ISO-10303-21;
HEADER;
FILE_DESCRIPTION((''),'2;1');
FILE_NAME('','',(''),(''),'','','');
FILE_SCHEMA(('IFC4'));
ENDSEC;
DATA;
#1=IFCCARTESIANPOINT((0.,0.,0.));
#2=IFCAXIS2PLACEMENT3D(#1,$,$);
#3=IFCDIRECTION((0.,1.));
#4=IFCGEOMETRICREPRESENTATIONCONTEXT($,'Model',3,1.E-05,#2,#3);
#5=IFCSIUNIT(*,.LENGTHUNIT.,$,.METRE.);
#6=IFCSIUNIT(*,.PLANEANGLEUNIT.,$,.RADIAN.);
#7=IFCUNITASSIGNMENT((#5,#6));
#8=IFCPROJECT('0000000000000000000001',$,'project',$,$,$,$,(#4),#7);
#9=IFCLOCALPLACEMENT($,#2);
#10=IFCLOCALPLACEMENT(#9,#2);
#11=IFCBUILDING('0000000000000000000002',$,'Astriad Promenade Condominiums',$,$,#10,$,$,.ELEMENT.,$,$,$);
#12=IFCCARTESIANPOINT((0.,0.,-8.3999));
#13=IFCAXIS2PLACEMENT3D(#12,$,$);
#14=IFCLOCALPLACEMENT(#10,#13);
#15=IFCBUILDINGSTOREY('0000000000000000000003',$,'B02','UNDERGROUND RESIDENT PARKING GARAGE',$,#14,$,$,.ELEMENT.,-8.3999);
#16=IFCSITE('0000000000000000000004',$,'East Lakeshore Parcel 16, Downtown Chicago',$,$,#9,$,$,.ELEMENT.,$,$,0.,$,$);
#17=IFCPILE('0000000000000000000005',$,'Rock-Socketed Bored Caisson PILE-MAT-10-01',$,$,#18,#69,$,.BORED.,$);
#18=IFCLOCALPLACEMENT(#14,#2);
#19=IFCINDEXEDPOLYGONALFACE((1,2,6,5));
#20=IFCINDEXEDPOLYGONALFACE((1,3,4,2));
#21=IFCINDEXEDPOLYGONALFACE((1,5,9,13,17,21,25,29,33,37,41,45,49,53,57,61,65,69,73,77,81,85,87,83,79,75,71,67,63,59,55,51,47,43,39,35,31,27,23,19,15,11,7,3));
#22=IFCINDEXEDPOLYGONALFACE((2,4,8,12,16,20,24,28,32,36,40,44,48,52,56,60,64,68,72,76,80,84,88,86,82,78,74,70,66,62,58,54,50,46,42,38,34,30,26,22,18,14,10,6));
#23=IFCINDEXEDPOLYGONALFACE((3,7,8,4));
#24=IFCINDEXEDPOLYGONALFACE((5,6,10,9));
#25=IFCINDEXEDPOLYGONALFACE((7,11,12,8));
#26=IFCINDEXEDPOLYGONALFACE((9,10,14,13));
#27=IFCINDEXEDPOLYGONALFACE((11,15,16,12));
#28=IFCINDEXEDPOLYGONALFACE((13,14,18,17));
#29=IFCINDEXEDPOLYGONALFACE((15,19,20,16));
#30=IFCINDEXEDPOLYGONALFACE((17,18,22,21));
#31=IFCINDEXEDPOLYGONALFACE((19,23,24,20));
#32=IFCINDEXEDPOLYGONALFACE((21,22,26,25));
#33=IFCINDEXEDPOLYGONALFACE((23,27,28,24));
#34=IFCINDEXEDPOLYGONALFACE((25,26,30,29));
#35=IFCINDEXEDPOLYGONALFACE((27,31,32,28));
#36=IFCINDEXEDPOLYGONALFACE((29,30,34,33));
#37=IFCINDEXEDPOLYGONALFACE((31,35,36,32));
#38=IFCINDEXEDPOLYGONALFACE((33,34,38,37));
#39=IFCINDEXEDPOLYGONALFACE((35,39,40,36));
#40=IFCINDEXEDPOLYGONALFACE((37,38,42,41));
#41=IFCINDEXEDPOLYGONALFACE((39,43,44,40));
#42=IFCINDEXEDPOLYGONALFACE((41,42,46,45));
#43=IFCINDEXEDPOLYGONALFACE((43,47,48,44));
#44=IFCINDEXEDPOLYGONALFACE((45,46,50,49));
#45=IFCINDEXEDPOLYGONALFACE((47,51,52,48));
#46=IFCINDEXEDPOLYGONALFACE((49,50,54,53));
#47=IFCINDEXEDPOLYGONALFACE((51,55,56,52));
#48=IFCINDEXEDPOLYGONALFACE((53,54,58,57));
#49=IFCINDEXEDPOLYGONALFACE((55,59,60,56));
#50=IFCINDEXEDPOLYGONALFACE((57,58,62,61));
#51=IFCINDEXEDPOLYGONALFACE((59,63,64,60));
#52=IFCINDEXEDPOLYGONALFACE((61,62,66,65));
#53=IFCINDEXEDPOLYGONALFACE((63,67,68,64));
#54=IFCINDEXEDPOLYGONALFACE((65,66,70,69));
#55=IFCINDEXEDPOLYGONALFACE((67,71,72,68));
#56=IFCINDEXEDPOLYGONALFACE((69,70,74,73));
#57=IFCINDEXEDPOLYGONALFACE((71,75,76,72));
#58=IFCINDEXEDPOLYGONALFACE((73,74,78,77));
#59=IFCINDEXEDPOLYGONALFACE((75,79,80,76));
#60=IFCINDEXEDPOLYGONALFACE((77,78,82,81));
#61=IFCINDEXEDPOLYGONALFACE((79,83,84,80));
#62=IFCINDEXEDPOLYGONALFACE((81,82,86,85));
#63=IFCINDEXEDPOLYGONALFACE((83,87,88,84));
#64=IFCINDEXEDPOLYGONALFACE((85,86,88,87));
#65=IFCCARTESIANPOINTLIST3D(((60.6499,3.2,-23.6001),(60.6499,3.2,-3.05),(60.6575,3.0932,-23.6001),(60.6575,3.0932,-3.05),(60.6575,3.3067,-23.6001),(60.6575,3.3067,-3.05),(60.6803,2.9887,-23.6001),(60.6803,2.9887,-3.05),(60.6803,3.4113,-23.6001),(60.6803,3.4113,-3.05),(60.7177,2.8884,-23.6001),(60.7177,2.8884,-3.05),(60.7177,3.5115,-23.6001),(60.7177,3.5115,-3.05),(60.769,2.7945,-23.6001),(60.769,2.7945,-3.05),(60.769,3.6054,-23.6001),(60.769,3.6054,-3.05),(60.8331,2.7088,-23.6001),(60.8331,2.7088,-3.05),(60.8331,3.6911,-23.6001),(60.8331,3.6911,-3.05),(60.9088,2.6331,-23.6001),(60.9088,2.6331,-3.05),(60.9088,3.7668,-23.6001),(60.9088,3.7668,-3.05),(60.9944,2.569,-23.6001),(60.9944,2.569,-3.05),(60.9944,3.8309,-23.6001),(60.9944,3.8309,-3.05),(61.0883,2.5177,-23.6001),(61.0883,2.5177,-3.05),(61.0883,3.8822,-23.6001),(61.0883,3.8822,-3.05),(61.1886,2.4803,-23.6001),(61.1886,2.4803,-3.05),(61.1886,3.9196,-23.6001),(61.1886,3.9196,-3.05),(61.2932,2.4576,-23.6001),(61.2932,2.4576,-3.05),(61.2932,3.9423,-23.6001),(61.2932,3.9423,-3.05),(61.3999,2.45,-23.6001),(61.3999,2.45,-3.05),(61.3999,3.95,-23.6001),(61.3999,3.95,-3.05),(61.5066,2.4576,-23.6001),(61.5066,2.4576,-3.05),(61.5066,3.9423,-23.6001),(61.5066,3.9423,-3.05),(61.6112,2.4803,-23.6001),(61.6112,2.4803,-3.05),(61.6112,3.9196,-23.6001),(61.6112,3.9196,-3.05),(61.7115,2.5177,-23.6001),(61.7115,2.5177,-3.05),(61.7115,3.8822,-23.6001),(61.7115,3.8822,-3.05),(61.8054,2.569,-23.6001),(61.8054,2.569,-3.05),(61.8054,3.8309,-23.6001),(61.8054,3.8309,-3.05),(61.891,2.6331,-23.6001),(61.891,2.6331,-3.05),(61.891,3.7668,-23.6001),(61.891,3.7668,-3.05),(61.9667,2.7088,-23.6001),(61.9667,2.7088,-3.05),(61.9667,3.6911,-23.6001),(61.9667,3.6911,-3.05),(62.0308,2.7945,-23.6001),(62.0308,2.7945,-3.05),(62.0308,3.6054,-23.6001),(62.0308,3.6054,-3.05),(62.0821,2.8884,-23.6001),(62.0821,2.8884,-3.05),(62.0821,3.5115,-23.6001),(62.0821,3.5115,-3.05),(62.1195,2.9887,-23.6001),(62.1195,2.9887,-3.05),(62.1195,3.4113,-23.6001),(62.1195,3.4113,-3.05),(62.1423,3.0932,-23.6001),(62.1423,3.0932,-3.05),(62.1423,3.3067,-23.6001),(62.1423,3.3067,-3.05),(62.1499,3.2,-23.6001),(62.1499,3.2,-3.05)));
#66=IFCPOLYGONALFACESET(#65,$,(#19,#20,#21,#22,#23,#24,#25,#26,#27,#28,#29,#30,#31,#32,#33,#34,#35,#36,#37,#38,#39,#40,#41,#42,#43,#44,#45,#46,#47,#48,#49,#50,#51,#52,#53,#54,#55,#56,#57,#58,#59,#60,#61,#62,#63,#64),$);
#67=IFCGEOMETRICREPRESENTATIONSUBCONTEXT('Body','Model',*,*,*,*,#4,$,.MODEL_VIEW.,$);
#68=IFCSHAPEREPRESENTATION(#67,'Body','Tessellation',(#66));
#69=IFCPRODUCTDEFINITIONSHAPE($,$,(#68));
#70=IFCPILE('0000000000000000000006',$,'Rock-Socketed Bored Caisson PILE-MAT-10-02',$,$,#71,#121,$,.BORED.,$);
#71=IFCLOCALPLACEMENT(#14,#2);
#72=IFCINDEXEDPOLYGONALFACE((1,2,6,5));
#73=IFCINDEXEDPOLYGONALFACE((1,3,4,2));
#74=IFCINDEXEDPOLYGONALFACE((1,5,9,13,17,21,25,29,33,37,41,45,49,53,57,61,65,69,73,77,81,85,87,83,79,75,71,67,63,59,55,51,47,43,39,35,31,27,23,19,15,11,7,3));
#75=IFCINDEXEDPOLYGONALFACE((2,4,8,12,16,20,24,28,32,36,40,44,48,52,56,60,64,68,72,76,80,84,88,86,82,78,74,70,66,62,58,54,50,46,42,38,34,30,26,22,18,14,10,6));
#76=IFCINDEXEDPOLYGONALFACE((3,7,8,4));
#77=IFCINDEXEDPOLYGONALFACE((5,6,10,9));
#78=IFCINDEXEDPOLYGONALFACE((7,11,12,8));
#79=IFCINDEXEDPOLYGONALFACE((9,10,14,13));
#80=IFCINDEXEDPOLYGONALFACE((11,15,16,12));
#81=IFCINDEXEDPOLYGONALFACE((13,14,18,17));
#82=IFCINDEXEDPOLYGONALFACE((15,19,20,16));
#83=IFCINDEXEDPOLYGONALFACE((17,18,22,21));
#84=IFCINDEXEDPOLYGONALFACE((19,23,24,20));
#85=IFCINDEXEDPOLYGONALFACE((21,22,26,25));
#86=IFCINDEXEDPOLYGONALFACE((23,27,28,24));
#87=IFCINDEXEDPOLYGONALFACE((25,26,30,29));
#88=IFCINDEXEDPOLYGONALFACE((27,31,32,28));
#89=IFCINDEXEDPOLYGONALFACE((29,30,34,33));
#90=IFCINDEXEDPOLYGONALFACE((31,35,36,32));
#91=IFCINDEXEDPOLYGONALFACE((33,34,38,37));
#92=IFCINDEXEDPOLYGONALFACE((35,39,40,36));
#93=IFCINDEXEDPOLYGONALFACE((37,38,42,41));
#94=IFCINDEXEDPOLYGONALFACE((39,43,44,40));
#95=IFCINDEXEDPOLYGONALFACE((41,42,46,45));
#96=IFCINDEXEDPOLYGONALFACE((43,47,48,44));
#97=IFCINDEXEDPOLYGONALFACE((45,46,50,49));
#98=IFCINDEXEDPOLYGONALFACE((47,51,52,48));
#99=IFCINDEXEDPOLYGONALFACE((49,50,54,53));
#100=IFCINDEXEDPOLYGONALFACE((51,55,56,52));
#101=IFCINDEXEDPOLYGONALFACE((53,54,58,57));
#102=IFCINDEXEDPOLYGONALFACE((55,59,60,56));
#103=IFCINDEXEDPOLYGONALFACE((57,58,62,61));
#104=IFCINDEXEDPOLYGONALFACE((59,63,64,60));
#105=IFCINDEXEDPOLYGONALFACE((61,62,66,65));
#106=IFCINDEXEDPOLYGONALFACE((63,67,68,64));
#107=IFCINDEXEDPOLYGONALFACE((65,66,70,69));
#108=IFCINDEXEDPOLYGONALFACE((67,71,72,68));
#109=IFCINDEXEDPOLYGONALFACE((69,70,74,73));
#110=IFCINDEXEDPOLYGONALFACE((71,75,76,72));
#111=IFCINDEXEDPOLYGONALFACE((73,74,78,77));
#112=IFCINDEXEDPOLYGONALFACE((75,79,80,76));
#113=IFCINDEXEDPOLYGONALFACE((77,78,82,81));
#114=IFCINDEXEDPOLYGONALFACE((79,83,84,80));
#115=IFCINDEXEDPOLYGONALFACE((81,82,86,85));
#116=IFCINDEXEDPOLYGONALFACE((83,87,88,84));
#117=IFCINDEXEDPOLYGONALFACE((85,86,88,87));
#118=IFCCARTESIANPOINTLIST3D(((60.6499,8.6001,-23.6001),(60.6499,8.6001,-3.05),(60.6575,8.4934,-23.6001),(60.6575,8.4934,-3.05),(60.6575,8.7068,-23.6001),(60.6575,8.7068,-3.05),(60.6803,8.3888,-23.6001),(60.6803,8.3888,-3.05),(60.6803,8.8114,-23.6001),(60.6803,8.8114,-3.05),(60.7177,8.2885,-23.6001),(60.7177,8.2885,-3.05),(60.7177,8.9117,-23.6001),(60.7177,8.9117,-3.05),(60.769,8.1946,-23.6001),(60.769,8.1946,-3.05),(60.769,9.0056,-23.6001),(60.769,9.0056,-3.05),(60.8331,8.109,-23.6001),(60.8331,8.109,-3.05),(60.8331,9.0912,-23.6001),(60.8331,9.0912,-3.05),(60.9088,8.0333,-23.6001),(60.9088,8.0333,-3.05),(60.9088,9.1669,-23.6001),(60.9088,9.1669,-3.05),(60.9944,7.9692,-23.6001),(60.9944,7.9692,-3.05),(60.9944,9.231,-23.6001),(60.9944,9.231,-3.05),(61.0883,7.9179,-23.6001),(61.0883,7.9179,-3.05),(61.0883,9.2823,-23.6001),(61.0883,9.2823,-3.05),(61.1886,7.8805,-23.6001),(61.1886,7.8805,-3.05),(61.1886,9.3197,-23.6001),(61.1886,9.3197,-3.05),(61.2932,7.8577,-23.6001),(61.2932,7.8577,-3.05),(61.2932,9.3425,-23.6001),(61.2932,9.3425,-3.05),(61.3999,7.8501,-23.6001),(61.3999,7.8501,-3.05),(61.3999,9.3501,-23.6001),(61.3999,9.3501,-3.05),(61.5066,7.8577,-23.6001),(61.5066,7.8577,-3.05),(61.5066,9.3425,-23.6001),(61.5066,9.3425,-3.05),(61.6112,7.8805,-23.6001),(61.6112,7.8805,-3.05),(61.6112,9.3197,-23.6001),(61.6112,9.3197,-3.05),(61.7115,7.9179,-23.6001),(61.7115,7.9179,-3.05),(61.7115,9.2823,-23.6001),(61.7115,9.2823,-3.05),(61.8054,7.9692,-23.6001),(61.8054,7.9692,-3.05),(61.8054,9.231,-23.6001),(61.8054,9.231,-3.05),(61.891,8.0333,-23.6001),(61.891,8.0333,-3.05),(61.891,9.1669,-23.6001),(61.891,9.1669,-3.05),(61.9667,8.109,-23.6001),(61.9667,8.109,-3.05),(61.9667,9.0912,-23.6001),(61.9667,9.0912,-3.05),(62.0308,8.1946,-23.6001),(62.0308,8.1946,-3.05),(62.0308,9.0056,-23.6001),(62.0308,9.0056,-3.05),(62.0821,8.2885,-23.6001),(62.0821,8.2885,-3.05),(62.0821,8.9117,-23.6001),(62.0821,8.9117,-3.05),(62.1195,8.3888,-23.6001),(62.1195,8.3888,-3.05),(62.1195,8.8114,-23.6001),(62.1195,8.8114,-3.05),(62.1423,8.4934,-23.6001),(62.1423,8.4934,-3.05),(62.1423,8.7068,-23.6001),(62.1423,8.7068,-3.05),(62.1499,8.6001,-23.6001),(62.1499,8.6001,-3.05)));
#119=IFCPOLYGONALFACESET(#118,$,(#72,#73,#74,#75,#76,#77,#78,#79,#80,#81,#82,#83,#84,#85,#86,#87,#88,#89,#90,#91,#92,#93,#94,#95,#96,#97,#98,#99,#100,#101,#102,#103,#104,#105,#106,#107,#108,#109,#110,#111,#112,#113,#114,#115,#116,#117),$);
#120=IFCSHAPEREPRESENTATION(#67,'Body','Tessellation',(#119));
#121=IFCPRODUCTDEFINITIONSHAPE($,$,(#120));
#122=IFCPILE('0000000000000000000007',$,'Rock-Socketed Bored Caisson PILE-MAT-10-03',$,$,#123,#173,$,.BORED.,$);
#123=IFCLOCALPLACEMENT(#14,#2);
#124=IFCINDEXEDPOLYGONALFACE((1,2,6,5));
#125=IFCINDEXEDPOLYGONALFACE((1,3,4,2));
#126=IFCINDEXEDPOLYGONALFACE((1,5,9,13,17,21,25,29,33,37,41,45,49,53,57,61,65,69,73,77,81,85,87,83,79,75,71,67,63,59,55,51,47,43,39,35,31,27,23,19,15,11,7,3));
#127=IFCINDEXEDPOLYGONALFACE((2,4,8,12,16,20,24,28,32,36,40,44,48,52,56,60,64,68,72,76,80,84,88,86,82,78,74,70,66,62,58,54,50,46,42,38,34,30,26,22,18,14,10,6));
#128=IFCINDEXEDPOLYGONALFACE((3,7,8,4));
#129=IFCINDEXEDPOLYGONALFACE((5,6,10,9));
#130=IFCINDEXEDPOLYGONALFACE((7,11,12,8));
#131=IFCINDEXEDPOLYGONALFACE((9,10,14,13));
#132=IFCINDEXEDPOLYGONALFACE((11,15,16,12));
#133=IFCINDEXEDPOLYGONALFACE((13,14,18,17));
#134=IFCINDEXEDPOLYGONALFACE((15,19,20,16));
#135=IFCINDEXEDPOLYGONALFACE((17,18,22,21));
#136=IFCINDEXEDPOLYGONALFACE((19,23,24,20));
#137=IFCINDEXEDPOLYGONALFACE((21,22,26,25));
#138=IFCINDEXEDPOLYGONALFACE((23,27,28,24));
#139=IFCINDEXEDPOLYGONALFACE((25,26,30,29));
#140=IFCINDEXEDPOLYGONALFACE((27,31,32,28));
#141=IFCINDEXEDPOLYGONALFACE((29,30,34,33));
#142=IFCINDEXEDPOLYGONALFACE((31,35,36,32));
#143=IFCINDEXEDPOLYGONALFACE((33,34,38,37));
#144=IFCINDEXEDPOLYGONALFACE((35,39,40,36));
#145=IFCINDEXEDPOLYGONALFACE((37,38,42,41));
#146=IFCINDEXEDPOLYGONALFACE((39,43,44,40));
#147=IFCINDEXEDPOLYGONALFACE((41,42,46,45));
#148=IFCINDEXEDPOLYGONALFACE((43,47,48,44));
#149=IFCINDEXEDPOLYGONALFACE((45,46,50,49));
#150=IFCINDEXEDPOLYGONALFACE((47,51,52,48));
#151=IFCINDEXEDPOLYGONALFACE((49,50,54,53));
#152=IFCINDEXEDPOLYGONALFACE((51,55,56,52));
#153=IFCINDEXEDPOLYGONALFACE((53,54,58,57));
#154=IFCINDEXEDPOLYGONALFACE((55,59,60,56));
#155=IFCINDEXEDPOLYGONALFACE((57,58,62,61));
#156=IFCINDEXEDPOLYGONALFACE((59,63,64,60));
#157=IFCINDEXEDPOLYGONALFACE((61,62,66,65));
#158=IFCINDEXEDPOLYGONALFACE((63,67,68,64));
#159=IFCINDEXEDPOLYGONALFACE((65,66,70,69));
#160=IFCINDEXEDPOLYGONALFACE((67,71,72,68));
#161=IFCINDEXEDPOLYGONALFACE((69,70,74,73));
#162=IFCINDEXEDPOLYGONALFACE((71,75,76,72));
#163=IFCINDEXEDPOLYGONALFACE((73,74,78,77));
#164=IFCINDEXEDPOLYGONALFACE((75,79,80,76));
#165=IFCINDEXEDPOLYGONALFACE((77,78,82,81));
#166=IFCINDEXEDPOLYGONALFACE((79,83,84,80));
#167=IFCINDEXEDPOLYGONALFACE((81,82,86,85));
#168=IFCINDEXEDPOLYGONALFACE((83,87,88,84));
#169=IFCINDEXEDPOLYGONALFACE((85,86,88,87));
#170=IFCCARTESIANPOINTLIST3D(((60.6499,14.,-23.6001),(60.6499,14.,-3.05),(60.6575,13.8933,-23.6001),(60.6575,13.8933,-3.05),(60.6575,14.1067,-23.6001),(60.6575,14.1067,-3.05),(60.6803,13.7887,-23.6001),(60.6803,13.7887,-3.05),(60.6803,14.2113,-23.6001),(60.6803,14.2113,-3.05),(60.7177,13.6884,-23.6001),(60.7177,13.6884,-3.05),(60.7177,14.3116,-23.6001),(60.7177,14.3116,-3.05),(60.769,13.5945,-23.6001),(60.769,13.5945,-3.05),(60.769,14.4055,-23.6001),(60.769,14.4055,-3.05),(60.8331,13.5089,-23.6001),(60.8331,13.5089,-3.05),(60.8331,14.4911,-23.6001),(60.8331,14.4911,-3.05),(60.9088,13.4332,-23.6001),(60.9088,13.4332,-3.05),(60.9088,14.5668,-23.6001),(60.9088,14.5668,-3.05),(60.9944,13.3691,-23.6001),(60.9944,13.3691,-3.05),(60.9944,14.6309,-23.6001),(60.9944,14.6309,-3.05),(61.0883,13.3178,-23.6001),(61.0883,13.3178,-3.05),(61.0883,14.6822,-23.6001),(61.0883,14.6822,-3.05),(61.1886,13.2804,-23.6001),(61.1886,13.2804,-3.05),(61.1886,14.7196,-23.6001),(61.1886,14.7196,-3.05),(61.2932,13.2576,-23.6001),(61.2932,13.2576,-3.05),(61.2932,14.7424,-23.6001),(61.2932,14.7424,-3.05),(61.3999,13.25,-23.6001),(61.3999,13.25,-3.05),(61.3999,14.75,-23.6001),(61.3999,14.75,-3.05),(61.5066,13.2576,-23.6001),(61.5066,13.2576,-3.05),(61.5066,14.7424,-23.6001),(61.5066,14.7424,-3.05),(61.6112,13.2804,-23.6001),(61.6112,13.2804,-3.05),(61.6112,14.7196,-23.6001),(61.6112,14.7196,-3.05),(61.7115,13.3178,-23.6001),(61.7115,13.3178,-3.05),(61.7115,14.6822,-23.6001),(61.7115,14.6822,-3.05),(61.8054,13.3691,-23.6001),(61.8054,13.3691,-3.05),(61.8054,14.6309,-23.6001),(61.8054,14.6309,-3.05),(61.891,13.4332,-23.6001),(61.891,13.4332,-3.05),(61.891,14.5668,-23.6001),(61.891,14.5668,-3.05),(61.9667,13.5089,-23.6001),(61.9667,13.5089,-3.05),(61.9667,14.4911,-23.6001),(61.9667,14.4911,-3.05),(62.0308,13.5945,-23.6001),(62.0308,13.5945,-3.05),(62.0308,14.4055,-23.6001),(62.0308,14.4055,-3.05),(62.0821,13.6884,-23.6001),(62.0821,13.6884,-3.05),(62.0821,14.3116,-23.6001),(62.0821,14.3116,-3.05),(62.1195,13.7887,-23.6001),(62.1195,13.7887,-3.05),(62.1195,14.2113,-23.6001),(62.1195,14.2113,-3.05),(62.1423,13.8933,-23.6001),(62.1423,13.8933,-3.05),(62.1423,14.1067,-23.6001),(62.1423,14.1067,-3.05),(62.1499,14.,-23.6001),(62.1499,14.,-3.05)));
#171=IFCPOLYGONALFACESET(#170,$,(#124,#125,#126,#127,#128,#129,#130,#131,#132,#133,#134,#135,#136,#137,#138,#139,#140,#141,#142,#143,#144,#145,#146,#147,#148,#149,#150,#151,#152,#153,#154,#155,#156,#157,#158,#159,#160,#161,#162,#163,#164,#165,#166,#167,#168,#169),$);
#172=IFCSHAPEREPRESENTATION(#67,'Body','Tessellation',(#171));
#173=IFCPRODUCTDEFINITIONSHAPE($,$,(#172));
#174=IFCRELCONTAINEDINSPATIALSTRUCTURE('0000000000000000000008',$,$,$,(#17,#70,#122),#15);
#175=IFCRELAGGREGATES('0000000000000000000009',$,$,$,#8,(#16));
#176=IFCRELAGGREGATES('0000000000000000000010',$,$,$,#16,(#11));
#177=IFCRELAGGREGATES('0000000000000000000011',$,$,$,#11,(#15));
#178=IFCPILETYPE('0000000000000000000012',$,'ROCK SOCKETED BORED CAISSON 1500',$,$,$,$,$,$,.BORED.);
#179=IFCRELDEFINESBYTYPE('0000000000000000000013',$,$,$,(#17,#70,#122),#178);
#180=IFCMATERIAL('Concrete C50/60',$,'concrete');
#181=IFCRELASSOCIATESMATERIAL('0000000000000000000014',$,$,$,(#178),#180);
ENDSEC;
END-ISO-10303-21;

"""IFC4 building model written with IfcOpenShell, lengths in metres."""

from ifc_helpers import new_model, si_unit, direction, frame, origin, origin_2d, place, context, subcontext, project, spatial, circle, extrude, source, transform, mapped, material, material_profile, profile_set, type_object, type_shapes, element, save


model = new_model("IFC4")

# Units and contexts
model_context = context("Model", 3, precision=1e-05, world=origin(), true_north=direction((0.0, 1.0)))
body_context = subcontext(model_context, "Body", "Model", "MODEL_VIEW")
ifc_project = project(units=[si_unit("LENGTHUNIT", "METRE"), si_unit("PLANEANGLEUNIT", "RADIAN")], contexts=[model_context])

# Site, building, storey
site_placement = place(None, origin())
site = spatial("IfcSite", under=ifc_project, at=site_placement, Name="East Lakeshore Parcel 16, Downtown Chicago", CompositionType="ELEMENT", RefElevation=0.0)
building_placement = place(site_placement, origin())
building = spatial("IfcBuilding", under=site, at=building_placement, Name="Astriad Promenade Condominiums", CompositionType="ELEMENT")
storey_placement = place(building_placement, frame((0.0, 0.0, -8.3999)))
storey = spatial("IfcBuildingStorey", under=building, at=storey_placement, Name="B02", Description="UNDERGROUND RESIDENT PARKING GARAGE", CompositionType="ELEMENT", Elevation=-8.3999)

# Piles
ifc_material_1 = material(Name="Concrete C50/60", Category="concrete")
ifc_material_profile_1 = material_profile(ifc_material_1, circle(Radius=0.75, at=origin_2d()), Name="CAISSON-D1500")
ifc_profile_set_1 = profile_set([ifc_material_profile_1], Name="Concrete C50/60")
pile_type = type_object("IfcPileType", Name="ROCK SOCKETED BORED CAISSON 1500", PredefinedType="BORED", material=ifc_profile_set_1)
shared_shape_1 = source(origin(), body_context, "Body", "SweptSolid", [
    extrude(circle(Radius=0.75, at=origin_2d()), origin(), (0.0, 0.0, 1.0), 20.55),
])
type_shapes(pile_type, [shared_shape_1])
for number, where, z_axis, x_axis, name in (
    (1, (61.3999, 3.2, -3.05), (0.0, 0.0, -1.0), (1.0, 0.0, 0.0), "Rock-Socketed Bored Caisson PILE-MAT-10-01"),
    (2, (61.3999, 8.6001, -3.05), (0.0, 0.0, -1.0), (1.0, 0.0, 0.0), "Rock-Socketed Bored Caisson PILE-MAT-10-02"),
    (3, (61.3999, 14.0, -3.05), (0.0, 0.0, -1.0), (1.0, 0.0, 0.0), "Rock-Socketed Bored Caisson PILE-MAT-10-03"),
):
    element("IfcPile", number, at=place(storey_placement, frame(where, z_axis=z_axis, x_axis=x_axis)), inside=storey, type_object=pile_type, Name=name, PredefinedType="BORED", context=body_context, shape_type="MappedRepresentation", body=[
        mapped(shared_shape_1, transform((0.0, 0.0, 0.0), scale=1.0)),
    ])

save(model, "model.ifc")
